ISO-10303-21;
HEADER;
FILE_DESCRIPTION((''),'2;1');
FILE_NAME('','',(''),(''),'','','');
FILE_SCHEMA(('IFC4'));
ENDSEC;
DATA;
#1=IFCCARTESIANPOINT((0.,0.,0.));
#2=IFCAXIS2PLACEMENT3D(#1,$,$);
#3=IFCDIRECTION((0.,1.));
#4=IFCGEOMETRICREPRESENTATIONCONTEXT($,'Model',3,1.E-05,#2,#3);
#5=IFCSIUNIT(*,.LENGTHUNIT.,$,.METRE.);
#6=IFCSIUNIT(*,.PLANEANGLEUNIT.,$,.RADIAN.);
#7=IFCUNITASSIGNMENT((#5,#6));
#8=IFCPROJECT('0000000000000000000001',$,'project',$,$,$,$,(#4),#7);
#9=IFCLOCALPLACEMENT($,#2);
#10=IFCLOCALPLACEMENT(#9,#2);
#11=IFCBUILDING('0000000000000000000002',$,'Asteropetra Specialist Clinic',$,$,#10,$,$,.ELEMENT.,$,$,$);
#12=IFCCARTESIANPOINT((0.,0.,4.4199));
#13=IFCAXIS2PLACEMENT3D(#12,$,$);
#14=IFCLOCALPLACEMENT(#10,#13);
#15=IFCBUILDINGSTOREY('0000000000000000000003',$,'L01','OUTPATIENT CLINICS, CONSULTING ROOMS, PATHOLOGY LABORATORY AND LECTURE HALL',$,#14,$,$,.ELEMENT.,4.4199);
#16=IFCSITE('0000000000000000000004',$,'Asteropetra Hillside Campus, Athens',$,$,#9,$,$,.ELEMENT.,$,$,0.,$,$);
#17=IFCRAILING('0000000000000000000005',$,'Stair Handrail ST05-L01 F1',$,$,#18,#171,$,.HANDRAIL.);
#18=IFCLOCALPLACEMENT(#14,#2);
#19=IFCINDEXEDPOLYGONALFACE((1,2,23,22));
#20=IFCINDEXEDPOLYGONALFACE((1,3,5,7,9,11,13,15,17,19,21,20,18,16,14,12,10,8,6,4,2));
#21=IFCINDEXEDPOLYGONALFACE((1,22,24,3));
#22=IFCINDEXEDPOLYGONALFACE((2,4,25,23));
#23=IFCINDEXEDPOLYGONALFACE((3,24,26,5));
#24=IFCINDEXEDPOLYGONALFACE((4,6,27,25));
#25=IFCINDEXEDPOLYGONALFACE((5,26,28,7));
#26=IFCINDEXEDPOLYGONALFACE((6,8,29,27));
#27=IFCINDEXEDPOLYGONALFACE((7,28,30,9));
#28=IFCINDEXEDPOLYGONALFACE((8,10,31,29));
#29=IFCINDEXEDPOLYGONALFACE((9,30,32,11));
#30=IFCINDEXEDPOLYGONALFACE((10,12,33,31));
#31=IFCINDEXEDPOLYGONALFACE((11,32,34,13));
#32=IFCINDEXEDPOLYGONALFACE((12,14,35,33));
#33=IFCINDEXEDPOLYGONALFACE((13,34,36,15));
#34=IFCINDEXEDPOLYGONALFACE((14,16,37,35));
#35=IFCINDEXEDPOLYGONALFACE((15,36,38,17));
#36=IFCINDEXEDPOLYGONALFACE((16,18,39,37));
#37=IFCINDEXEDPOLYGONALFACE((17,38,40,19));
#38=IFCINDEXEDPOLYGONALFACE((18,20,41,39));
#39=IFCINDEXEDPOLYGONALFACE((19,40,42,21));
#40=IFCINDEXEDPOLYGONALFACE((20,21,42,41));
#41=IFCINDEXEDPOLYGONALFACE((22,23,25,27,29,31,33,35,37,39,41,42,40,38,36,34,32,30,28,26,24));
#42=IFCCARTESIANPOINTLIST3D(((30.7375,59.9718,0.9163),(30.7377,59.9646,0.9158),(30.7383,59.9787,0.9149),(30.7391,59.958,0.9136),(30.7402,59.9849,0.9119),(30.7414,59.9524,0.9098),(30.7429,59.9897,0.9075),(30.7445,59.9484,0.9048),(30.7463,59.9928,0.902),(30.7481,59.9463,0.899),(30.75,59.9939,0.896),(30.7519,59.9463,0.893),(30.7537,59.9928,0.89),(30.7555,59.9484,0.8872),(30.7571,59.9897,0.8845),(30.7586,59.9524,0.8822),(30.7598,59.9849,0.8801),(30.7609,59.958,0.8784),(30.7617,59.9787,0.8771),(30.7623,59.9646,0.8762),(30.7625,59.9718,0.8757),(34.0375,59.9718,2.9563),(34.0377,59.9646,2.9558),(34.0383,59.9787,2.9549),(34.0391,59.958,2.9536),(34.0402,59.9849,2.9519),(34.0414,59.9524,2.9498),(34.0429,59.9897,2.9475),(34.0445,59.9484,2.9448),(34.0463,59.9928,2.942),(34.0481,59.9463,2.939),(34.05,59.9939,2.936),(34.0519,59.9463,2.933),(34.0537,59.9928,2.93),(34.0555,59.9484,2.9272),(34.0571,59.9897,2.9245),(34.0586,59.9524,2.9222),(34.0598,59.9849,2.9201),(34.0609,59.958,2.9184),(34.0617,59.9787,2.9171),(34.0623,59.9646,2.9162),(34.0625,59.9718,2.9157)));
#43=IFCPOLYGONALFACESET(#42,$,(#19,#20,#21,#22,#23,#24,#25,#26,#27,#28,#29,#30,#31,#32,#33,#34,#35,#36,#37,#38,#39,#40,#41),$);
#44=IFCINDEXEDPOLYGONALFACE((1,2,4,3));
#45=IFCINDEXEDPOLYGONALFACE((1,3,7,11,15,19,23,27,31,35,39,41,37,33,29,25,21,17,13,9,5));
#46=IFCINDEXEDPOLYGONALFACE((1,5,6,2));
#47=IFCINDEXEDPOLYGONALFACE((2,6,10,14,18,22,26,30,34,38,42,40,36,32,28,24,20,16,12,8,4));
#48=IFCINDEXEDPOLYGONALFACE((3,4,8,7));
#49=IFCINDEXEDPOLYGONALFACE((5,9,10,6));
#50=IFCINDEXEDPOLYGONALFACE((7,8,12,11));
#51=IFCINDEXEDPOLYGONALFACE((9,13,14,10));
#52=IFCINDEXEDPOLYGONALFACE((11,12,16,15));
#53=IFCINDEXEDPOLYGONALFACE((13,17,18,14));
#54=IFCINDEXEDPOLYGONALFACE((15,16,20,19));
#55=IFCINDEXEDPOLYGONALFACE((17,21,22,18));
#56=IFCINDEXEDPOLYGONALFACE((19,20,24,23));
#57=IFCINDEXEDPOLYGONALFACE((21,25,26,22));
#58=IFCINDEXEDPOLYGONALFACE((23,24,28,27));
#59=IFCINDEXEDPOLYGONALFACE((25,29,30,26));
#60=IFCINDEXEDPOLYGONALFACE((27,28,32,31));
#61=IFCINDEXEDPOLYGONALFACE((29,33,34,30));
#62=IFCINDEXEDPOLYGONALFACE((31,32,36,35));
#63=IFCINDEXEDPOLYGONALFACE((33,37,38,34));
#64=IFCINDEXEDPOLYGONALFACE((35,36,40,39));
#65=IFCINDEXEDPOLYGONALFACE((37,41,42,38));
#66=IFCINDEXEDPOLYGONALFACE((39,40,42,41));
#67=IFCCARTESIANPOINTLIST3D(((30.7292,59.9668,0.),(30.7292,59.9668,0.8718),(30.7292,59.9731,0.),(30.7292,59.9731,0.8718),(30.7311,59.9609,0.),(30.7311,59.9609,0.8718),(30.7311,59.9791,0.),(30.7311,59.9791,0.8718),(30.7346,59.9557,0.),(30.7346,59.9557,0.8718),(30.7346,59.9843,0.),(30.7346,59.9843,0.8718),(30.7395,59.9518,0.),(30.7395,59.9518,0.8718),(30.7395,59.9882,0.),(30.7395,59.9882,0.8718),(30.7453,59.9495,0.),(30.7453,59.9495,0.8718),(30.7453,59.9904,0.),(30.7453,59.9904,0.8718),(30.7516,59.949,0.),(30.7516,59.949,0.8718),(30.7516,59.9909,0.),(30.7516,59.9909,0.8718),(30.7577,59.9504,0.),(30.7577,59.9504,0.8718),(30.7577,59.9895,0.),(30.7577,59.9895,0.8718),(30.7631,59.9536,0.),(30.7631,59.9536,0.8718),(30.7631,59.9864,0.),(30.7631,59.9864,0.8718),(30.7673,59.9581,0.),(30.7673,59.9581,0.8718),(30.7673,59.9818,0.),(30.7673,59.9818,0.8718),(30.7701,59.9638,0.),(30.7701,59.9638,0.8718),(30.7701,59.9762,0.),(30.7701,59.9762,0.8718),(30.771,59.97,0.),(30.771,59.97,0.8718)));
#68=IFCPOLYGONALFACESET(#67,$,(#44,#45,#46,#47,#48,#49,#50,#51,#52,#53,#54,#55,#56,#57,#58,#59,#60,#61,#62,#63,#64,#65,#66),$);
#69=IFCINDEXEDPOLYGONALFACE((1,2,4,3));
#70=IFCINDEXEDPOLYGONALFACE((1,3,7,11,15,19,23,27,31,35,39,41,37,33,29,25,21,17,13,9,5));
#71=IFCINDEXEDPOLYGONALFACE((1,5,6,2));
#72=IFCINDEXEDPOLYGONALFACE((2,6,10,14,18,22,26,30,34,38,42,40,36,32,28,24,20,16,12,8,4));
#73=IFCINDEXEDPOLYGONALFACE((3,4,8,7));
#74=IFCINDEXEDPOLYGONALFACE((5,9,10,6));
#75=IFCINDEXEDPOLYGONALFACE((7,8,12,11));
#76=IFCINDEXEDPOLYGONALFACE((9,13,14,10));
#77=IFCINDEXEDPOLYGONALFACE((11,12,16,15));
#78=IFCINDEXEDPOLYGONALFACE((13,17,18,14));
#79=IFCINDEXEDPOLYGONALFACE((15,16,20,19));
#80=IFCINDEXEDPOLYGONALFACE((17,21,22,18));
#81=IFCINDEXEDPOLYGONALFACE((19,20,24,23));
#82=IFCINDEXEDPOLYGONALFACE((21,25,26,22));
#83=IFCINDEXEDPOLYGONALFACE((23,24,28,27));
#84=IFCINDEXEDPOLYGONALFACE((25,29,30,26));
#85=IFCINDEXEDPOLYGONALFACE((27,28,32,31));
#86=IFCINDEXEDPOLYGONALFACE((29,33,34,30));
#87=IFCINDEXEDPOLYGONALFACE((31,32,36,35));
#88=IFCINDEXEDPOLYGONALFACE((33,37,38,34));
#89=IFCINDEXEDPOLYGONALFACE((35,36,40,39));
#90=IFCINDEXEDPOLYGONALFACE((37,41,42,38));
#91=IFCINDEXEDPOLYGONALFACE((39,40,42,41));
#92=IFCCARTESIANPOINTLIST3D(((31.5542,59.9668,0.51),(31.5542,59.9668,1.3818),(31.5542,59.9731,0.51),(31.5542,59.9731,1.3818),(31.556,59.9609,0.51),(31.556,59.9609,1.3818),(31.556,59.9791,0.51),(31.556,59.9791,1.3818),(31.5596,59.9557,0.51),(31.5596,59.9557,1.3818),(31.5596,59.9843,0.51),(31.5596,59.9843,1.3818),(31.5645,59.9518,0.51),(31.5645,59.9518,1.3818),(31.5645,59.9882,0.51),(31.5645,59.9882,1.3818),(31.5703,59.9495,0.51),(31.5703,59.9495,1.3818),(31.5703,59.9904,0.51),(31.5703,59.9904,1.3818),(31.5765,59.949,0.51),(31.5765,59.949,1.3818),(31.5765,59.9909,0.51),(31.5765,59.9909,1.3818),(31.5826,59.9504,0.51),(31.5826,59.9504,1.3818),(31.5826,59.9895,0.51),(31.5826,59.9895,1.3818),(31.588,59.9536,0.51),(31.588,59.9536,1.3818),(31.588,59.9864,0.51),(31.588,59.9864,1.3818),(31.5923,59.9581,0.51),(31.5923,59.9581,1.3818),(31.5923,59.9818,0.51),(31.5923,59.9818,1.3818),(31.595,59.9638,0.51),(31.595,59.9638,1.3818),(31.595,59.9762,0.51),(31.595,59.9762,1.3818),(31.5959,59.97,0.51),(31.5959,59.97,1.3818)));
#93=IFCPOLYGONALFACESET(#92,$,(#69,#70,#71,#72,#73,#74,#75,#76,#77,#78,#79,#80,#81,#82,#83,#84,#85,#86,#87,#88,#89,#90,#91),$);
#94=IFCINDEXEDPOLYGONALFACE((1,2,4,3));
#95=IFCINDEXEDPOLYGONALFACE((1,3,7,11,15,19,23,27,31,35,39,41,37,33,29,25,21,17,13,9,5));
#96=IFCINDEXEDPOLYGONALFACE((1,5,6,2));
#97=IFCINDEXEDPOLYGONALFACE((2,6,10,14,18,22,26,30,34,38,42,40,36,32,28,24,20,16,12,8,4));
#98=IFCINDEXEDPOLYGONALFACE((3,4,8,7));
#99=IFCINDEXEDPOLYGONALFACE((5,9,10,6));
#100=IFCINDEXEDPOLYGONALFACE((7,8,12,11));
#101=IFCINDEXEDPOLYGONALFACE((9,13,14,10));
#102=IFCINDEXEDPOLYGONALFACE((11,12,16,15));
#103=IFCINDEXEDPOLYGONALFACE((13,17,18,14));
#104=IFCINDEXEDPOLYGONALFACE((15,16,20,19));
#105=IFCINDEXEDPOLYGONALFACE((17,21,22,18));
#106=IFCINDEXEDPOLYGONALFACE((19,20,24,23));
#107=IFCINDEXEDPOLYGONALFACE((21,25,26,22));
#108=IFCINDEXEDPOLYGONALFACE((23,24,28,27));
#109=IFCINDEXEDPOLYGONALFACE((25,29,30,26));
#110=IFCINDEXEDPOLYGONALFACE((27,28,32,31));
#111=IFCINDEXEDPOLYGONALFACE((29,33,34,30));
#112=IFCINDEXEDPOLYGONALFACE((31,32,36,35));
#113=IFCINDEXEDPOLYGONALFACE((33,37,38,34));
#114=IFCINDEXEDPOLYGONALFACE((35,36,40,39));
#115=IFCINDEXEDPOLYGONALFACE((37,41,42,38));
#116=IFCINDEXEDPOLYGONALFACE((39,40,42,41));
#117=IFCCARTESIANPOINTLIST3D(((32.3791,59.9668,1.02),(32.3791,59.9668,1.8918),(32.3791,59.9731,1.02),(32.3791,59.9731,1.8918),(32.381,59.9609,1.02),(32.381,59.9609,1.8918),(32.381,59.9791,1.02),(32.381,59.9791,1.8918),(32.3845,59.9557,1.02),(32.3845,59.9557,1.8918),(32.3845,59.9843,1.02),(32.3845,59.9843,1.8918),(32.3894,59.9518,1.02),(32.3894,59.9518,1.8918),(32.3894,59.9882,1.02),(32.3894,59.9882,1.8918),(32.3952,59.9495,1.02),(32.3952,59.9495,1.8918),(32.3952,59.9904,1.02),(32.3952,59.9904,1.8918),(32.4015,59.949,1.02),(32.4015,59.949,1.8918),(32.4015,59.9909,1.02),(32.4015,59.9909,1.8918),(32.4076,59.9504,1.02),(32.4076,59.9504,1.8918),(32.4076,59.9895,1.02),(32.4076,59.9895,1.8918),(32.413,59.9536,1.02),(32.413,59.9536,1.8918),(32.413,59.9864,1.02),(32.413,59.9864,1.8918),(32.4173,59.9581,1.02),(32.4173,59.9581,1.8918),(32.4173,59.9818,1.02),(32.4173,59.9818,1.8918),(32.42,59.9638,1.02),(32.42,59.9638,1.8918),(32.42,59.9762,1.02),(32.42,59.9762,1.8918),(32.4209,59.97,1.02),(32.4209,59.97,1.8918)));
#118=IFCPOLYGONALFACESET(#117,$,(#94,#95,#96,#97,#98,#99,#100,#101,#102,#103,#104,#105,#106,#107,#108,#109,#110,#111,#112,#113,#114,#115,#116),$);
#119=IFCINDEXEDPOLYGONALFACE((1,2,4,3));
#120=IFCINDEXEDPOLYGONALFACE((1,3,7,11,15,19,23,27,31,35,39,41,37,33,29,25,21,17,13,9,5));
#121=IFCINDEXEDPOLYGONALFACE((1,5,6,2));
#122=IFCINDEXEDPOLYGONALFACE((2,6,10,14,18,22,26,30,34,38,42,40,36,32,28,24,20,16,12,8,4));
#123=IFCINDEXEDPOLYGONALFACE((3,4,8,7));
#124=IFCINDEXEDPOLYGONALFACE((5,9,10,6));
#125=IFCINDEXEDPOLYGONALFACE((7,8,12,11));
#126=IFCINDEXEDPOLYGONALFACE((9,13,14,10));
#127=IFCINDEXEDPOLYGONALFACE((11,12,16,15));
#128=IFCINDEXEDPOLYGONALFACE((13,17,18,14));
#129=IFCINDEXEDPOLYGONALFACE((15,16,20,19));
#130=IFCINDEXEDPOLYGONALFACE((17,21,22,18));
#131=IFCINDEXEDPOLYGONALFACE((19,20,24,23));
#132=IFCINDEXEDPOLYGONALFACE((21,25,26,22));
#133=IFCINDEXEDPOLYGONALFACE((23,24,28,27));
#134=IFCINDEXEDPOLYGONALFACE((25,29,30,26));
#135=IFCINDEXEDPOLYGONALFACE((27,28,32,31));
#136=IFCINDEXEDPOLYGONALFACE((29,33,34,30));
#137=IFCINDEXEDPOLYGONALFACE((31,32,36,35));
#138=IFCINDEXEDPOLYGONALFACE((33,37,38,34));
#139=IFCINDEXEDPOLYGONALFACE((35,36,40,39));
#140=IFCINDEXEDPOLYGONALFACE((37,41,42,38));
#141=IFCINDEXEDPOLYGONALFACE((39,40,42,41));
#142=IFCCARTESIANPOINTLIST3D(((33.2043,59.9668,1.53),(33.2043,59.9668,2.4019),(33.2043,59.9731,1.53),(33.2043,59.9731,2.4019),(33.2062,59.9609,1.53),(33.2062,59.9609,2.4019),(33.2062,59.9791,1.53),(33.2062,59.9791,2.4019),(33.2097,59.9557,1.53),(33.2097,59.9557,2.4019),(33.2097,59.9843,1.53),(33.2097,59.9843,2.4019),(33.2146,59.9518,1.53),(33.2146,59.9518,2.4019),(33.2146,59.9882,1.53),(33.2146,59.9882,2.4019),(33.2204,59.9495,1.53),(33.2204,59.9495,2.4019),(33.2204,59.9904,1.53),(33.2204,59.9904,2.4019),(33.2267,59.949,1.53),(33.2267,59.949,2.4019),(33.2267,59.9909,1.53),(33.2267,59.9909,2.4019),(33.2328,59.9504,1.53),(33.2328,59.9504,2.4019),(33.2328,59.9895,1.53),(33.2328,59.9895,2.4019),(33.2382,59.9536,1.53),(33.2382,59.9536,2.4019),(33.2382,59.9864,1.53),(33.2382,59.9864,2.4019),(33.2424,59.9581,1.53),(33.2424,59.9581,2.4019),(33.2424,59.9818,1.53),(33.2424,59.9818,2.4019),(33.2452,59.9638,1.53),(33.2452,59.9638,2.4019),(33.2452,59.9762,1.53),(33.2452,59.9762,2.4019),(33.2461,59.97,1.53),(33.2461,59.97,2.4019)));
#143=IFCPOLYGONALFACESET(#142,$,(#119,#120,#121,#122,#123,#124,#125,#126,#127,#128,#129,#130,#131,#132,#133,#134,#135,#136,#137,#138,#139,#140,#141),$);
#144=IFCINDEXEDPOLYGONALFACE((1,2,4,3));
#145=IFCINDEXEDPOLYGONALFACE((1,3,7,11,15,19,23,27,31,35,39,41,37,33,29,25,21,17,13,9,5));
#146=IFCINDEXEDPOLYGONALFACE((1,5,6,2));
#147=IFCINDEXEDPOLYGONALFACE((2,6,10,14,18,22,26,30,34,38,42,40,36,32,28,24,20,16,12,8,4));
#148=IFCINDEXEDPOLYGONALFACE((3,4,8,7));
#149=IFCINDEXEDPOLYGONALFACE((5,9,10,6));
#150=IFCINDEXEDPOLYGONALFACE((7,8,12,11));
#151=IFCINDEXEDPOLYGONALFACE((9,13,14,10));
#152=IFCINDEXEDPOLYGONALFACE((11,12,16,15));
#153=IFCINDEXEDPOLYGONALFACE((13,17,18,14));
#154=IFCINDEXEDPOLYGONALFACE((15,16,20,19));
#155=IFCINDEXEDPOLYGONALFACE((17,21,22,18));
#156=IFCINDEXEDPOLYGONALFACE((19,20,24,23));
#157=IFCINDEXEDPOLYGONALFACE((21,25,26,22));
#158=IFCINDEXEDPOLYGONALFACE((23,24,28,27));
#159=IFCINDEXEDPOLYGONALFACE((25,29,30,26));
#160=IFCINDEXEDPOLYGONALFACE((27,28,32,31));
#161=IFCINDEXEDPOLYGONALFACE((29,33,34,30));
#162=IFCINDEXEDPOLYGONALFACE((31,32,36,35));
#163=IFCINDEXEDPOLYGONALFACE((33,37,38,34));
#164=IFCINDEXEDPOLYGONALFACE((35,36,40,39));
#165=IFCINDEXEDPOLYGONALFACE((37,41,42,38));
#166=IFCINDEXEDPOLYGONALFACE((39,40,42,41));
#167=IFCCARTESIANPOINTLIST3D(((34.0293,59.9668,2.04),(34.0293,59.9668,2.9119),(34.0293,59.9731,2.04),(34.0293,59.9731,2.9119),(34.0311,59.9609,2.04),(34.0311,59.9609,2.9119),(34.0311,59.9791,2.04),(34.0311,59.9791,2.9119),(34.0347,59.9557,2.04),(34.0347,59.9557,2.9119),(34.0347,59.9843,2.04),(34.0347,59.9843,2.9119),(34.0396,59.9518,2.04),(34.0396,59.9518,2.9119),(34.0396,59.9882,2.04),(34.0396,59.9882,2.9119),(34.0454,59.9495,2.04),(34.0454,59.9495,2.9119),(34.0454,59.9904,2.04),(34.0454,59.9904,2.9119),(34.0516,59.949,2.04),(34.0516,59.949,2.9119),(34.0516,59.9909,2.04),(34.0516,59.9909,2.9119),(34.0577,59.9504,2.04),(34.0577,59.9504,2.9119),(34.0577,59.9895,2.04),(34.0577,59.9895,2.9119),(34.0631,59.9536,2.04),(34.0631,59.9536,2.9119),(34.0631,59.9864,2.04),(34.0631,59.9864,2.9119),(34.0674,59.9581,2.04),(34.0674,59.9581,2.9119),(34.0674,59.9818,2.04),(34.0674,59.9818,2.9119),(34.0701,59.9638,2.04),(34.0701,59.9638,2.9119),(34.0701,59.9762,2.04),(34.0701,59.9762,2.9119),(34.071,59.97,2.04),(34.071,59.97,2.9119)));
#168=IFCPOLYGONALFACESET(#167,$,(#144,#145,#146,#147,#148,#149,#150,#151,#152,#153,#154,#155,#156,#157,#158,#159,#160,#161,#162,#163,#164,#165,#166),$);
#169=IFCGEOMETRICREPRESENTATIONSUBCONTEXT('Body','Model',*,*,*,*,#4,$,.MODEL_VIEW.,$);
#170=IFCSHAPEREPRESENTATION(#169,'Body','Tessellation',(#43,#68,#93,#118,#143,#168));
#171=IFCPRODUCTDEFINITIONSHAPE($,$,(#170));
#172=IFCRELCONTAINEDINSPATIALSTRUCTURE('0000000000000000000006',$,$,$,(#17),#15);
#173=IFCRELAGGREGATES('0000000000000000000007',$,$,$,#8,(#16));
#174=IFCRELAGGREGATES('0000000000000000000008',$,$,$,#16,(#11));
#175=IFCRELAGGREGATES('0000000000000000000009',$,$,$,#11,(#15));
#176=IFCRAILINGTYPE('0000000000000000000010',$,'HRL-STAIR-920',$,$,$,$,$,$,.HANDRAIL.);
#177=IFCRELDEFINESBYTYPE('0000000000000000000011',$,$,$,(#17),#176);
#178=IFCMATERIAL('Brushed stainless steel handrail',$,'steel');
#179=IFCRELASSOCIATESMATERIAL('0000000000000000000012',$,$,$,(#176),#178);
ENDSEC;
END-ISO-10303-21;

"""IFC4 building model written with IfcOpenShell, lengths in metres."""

from ifc_helpers import new_model, si_unit, direction, frame, origin, origin_2d, place, context, subcontext, project, spatial, circle, extrude, material, type_object, element, save


model = new_model("IFC4")

# Units and contexts
model_context = context("Model", 3, precision=1e-05, world=origin(), true_north=direction((0.0, 1.0)))
body_context = subcontext(model_context, "Body", "Model", "MODEL_VIEW")
ifc_project = project(units=[si_unit("LENGTHUNIT", "METRE"), si_unit("PLANEANGLEUNIT", "RADIAN")], contexts=[model_context])

# Site, building, storey
site_placement = place(None, origin())
site = spatial("IfcSite", under=ifc_project, at=site_placement, Name="Asteropetra Hillside Campus, Athens", CompositionType="ELEMENT", RefElevation=0.0)
building_placement = place(site_placement, origin())
building = spatial("IfcBuilding", under=site, at=building_placement, Name="Asteropetra Specialist Clinic", CompositionType="ELEMENT")
storey_placement = place(building_placement, frame((0.0, 0.0, 4.4199)))
storey = spatial("IfcBuildingStorey", under=building, at=storey_placement, Name="L01", Description="OUTPATIENT CLINICS, CONSULTING ROOMS, PATHOLOGY LABORATORY AND LECTURE HALL", CompositionType="ELEMENT", Elevation=4.4199)

# Railing
ifc_material_1 = material(Name="Brushed stainless steel handrail", Category="steel")
railing_type_1 = type_object("IfcRailingType", Name="HRL-STAIR-920", PredefinedType="HANDRAIL", material=ifc_material_1)
railing_1_placement = place(storey_placement, frame((30.75, 59.97, 0.0)))
element("IfcRailing", 1, at=railing_1_placement, inside=storey, type_object=railing_type_1, Name="Stair Handrail ST05-L01 F1", PredefinedType="HANDRAIL", context=body_context, shape_type="SweptSolid", body=[
    extrude(circle(Radius=0.0239, at=origin_2d()), frame((0.0, 0.0, 0.896), z_axis=(0.850594, 0.0, 0.525824), x_axis=(0.0, 1.0, 0.0)), (0.0, 0.0, 1.0), 3.8796),
    extrude(circle(Radius=0.021, at=origin_2d()), origin(), (0.0, 0.0, 1.0), 0.8718),
    extrude(circle(Radius=0.021, at=origin_2d()), frame((0.825, 0.0, 0.51)), (0.0, 0.0, 1.0), 0.8718),
    extrude(circle(Radius=0.021, at=origin_2d()), frame((1.6499, 0.0, 1.02)), (0.0, 0.0, 1.0), 0.8718),
    extrude(circle(Radius=0.021, at=origin_2d()), frame((2.4751, 0.0, 1.53)), (0.0, 0.0, 1.0), 0.8718),
    extrude(circle(Radius=0.021, at=origin_2d()), frame((3.3, 0.0, 2.04)), (0.0, 0.0, 1.0), 0.8718),
])

save(model, "model.ifc")
